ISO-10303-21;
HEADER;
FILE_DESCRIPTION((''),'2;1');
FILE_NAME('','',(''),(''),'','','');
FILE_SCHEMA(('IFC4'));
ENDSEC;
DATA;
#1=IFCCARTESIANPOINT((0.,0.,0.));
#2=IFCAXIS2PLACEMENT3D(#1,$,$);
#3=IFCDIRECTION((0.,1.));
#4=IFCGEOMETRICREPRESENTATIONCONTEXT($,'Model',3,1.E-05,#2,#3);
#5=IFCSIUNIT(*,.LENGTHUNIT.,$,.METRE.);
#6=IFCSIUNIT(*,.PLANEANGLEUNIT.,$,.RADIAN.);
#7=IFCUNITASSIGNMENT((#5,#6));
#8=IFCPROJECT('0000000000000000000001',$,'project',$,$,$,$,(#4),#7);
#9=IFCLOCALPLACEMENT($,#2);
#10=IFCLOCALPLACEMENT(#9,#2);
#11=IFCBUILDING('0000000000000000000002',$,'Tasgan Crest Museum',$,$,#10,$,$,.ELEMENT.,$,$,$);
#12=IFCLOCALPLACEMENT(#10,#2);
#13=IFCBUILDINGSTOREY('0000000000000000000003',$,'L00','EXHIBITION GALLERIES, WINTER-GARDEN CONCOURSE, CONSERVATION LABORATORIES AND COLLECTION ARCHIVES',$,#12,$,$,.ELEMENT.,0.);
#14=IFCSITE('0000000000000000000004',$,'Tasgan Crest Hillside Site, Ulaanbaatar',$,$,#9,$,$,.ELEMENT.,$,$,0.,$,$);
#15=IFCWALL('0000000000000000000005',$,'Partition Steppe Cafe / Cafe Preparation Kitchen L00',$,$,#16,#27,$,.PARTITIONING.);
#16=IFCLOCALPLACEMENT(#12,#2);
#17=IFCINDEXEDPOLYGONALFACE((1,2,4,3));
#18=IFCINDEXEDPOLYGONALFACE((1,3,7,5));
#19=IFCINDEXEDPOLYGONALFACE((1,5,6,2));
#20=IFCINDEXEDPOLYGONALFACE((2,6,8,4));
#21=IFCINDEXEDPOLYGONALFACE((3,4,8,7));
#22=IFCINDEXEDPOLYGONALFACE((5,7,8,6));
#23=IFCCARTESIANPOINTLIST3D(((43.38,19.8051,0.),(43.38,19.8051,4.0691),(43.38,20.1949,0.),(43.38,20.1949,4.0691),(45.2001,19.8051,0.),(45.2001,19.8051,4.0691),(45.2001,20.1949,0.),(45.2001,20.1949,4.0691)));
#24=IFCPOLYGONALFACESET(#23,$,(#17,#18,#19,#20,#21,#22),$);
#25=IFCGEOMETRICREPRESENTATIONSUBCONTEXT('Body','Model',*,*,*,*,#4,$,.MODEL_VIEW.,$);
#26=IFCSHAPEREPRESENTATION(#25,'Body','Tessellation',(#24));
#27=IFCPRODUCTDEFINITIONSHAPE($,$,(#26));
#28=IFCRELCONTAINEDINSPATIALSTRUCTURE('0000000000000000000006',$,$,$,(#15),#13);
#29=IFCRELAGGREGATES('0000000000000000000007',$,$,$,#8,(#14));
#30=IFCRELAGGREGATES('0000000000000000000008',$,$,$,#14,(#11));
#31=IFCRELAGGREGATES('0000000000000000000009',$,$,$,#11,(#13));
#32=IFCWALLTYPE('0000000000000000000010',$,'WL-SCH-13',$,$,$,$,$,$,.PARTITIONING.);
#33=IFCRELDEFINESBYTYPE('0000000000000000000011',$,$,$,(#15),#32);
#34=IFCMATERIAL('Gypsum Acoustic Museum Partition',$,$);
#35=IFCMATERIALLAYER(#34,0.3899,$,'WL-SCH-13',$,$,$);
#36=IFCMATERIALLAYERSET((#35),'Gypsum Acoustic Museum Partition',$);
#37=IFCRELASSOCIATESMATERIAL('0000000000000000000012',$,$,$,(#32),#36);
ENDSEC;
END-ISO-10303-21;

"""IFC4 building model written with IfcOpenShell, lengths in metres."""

from ifc_helpers import new_model, si_unit, direction, frame, frame_2d, origin, place, context, subcontext, project, spatial, rectangle, extrude, material, layer, layer_set, type_object, element, save


model = new_model("IFC4")

# Units and contexts
model_context = context("Model", 3, precision=1e-05, world=origin(), true_north=direction((0.0, 1.0)))
body_context = subcontext(model_context, "Body", "Model", "MODEL_VIEW")
ifc_project = project(units=[si_unit("LENGTHUNIT", "METRE"), si_unit("PLANEANGLEUNIT", "RADIAN")], contexts=[model_context])

# Site, building, storey
site_placement = place(None, origin())
site = spatial("IfcSite", under=ifc_project, at=site_placement, Name="Tasgan Crest Hillside Site, Ulaanbaatar", CompositionType="ELEMENT", RefElevation=0.0)
building_placement = place(site_placement, origin())
building = spatial("IfcBuilding", under=site, at=building_placement, Name="Tasgan Crest Museum", CompositionType="ELEMENT")
storey_placement = place(building_placement, origin())
storey = spatial("IfcBuildingStorey", under=building, at=storey_placement, Name="L00", Description="EXHIBITION GALLERIES, WINTER-GARDEN CONCOURSE, CONSERVATION LABORATORIES AND COLLECTION ARCHIVES", CompositionType="ELEMENT", Elevation=0.0)

# Wall
ifc_material_1 = material(Name="Gypsum Acoustic Museum Partition")
ifc_layer_1 = layer(ifc_material_1, 0.3899, Name="WL-SCH-13")
ifc_layer_set_1 = layer_set([ifc_layer_1], Name="Gypsum Acoustic Museum Partition")
wall_type_1 = type_object("IfcWallType", Name="WL-SCH-13", PredefinedType="PARTITIONING", material=ifc_layer_set_1)
wall_1_placement = place(storey_placement, frame((43.3799, 20.0, 0.0), z_axis=(0.0, 0.0, 1.0), x_axis=(1.0, 0.0, 0.0)))
element("IfcWall", 1, at=wall_1_placement, inside=storey, type_object=wall_type_1, Name="Partition Steppe Cafe / Cafe Preparation Kitchen L00", PredefinedType="PARTITIONING", context=body_context, shape_type="SweptSolid", body=[
    extrude(rectangle(XDim=1.8201, YDim=0.3899, at=frame_2d((0.9102, 0.0))), origin(), (0.0, 0.0, 1.0), 4.0691),
])

save(model, "model.ifc")
